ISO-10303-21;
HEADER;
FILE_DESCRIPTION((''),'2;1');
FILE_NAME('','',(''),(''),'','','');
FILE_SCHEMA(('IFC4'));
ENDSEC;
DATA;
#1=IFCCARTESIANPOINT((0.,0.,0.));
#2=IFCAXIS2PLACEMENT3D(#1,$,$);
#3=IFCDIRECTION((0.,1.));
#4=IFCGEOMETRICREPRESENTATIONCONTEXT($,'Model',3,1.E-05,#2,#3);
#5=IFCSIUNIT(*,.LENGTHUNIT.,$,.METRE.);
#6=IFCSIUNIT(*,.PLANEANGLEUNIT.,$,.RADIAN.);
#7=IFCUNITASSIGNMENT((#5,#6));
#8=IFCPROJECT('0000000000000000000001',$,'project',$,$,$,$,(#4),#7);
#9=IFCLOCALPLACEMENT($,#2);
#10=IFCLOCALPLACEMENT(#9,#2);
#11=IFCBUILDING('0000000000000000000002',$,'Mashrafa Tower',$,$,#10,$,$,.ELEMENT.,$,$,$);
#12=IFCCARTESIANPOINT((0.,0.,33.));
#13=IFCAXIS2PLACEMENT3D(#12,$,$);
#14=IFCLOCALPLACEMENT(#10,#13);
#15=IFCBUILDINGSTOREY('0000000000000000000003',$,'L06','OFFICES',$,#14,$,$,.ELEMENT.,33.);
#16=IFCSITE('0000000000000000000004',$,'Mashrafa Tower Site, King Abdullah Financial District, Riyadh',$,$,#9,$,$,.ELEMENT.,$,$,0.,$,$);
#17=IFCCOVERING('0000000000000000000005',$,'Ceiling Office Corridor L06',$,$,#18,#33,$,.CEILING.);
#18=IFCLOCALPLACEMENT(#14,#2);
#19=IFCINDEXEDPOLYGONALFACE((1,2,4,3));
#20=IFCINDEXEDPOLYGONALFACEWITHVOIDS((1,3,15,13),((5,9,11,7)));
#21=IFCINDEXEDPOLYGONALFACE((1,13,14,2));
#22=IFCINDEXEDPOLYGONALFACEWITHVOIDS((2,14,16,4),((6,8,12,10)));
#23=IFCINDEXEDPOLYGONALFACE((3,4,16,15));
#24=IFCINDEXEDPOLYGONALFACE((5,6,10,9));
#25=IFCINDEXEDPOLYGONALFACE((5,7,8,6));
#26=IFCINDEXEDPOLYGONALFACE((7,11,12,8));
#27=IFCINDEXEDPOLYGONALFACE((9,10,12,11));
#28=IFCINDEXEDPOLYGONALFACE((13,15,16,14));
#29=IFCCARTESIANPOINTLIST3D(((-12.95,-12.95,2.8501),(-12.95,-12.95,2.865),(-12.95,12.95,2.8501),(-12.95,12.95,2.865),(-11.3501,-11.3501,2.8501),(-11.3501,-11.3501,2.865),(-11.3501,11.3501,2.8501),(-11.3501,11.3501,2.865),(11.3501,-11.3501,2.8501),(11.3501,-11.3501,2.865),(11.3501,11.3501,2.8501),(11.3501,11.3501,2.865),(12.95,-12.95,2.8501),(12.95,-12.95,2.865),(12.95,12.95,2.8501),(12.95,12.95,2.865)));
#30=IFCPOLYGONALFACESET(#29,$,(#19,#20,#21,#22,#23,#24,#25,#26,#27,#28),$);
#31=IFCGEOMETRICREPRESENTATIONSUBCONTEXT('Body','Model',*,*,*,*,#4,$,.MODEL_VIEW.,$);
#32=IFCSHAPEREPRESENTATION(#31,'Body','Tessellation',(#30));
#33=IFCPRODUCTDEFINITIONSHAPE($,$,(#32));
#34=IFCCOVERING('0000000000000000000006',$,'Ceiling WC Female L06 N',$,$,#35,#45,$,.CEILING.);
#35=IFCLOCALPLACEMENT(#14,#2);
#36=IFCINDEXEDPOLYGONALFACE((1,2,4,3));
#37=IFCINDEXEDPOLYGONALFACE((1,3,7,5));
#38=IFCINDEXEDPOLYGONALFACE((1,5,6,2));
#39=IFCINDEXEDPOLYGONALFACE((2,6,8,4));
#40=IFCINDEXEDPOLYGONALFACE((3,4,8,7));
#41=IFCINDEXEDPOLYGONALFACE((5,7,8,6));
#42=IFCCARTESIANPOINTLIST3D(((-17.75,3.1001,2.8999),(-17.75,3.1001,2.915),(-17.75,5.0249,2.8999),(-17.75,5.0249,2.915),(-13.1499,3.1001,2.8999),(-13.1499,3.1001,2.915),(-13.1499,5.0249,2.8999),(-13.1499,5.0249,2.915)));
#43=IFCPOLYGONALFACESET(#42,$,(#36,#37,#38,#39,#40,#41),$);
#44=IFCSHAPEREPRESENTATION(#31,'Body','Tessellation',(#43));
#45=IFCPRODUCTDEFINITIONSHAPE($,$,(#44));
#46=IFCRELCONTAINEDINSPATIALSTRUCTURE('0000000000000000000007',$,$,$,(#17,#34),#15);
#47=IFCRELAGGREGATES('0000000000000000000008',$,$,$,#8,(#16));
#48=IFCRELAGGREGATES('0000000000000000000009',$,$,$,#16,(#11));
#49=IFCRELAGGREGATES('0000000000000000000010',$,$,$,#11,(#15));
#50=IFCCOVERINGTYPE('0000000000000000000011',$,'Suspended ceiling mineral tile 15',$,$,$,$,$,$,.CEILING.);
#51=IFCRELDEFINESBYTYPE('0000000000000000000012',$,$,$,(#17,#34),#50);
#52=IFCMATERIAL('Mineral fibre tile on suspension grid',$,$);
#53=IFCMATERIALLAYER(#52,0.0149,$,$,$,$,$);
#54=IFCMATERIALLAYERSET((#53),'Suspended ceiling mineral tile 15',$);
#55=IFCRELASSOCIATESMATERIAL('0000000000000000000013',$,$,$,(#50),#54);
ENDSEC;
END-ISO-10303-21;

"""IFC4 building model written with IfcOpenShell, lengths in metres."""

from ifc_helpers import new_model, si_unit, direction, frame, origin, place, context, subcontext, project, spatial, polyline, outline, extrude, material, layer, layer_set, type_object, element, save


model = new_model("IFC4")

# Units and contexts
model_context = context("Model", 3, precision=1e-05, world=origin(), true_north=direction((0.0, 1.0)))
body_context = subcontext(model_context, "Body", "Model", "MODEL_VIEW")
ifc_project = project(units=[si_unit("LENGTHUNIT", "METRE"), si_unit("PLANEANGLEUNIT", "RADIAN")], contexts=[model_context])

# Site, building, storey
site_placement = place(None, origin())
site = spatial("IfcSite", under=ifc_project, at=site_placement, Name="Mashrafa Tower Site, King Abdullah Financial District, Riyadh", CompositionType="ELEMENT", RefElevation=0.0)
building_placement = place(site_placement, origin())
building = spatial("IfcBuilding", under=site, at=building_placement, Name="Mashrafa Tower", CompositionType="ELEMENT")
storey_placement = place(building_placement, frame((0.0, 0.0, 33.0)))
storey = spatial("IfcBuildingStorey", under=building, at=storey_placement, Name="L06", Description="OFFICES", CompositionType="ELEMENT", Elevation=33.0)

# Coverings
ifc_material_1 = material(Name="Mineral fibre tile on suspension grid")
ifc_layer_1 = layer(ifc_material_1, 0.0149)
ifc_layer_set_1 = layer_set([ifc_layer_1], Name="Suspended ceiling mineral tile 15")
covering_type_1 = type_object("IfcCoveringType", Name="Suspended ceiling mineral tile 15", PredefinedType="CEILING", material=ifc_layer_set_1)
covering_1_placement = place(storey_placement, frame((0.0, 0.0, 2.8501)))
element("IfcCovering", 1, at=covering_1_placement, inside=storey, type_object=covering_type_1, Name="Ceiling Office Corridor L06", PredefinedType="CEILING", context=body_context, shape_type="SweptSolid", body=[
    extrude(outline(polyline([(-12.95, -12.95), (-12.95, 12.95), (12.95, 12.95), (12.95, -12.95), (-12.95, -12.95)]), holes=[polyline([(11.3501, 11.3501), (-11.3501, 11.3501), (-11.3501, -11.3501), (11.3501, -11.3501), (11.3501, 11.3501)])]), origin(), (0.0, 0.0, 1.0), 0.0149),
])
covering_2_placement = place(storey_placement, frame((0.0, 0.0, 2.8999)))
element("IfcCovering", 2, at=covering_2_placement, inside=storey, type_object=covering_type_1, Name="Ceiling WC Female L06 N", PredefinedType="CEILING", context=body_context, shape_type="SweptSolid", body=[
    extrude(outline(polyline([(-17.75, 3.1001), (-17.75, 5.0249), (-13.1499, 5.0249), (-13.1499, 3.1001), (-17.75, 3.1001)])), origin(), (0.0, 0.0, 1.0), 0.0151),
])

save(model, "model.ifc")
